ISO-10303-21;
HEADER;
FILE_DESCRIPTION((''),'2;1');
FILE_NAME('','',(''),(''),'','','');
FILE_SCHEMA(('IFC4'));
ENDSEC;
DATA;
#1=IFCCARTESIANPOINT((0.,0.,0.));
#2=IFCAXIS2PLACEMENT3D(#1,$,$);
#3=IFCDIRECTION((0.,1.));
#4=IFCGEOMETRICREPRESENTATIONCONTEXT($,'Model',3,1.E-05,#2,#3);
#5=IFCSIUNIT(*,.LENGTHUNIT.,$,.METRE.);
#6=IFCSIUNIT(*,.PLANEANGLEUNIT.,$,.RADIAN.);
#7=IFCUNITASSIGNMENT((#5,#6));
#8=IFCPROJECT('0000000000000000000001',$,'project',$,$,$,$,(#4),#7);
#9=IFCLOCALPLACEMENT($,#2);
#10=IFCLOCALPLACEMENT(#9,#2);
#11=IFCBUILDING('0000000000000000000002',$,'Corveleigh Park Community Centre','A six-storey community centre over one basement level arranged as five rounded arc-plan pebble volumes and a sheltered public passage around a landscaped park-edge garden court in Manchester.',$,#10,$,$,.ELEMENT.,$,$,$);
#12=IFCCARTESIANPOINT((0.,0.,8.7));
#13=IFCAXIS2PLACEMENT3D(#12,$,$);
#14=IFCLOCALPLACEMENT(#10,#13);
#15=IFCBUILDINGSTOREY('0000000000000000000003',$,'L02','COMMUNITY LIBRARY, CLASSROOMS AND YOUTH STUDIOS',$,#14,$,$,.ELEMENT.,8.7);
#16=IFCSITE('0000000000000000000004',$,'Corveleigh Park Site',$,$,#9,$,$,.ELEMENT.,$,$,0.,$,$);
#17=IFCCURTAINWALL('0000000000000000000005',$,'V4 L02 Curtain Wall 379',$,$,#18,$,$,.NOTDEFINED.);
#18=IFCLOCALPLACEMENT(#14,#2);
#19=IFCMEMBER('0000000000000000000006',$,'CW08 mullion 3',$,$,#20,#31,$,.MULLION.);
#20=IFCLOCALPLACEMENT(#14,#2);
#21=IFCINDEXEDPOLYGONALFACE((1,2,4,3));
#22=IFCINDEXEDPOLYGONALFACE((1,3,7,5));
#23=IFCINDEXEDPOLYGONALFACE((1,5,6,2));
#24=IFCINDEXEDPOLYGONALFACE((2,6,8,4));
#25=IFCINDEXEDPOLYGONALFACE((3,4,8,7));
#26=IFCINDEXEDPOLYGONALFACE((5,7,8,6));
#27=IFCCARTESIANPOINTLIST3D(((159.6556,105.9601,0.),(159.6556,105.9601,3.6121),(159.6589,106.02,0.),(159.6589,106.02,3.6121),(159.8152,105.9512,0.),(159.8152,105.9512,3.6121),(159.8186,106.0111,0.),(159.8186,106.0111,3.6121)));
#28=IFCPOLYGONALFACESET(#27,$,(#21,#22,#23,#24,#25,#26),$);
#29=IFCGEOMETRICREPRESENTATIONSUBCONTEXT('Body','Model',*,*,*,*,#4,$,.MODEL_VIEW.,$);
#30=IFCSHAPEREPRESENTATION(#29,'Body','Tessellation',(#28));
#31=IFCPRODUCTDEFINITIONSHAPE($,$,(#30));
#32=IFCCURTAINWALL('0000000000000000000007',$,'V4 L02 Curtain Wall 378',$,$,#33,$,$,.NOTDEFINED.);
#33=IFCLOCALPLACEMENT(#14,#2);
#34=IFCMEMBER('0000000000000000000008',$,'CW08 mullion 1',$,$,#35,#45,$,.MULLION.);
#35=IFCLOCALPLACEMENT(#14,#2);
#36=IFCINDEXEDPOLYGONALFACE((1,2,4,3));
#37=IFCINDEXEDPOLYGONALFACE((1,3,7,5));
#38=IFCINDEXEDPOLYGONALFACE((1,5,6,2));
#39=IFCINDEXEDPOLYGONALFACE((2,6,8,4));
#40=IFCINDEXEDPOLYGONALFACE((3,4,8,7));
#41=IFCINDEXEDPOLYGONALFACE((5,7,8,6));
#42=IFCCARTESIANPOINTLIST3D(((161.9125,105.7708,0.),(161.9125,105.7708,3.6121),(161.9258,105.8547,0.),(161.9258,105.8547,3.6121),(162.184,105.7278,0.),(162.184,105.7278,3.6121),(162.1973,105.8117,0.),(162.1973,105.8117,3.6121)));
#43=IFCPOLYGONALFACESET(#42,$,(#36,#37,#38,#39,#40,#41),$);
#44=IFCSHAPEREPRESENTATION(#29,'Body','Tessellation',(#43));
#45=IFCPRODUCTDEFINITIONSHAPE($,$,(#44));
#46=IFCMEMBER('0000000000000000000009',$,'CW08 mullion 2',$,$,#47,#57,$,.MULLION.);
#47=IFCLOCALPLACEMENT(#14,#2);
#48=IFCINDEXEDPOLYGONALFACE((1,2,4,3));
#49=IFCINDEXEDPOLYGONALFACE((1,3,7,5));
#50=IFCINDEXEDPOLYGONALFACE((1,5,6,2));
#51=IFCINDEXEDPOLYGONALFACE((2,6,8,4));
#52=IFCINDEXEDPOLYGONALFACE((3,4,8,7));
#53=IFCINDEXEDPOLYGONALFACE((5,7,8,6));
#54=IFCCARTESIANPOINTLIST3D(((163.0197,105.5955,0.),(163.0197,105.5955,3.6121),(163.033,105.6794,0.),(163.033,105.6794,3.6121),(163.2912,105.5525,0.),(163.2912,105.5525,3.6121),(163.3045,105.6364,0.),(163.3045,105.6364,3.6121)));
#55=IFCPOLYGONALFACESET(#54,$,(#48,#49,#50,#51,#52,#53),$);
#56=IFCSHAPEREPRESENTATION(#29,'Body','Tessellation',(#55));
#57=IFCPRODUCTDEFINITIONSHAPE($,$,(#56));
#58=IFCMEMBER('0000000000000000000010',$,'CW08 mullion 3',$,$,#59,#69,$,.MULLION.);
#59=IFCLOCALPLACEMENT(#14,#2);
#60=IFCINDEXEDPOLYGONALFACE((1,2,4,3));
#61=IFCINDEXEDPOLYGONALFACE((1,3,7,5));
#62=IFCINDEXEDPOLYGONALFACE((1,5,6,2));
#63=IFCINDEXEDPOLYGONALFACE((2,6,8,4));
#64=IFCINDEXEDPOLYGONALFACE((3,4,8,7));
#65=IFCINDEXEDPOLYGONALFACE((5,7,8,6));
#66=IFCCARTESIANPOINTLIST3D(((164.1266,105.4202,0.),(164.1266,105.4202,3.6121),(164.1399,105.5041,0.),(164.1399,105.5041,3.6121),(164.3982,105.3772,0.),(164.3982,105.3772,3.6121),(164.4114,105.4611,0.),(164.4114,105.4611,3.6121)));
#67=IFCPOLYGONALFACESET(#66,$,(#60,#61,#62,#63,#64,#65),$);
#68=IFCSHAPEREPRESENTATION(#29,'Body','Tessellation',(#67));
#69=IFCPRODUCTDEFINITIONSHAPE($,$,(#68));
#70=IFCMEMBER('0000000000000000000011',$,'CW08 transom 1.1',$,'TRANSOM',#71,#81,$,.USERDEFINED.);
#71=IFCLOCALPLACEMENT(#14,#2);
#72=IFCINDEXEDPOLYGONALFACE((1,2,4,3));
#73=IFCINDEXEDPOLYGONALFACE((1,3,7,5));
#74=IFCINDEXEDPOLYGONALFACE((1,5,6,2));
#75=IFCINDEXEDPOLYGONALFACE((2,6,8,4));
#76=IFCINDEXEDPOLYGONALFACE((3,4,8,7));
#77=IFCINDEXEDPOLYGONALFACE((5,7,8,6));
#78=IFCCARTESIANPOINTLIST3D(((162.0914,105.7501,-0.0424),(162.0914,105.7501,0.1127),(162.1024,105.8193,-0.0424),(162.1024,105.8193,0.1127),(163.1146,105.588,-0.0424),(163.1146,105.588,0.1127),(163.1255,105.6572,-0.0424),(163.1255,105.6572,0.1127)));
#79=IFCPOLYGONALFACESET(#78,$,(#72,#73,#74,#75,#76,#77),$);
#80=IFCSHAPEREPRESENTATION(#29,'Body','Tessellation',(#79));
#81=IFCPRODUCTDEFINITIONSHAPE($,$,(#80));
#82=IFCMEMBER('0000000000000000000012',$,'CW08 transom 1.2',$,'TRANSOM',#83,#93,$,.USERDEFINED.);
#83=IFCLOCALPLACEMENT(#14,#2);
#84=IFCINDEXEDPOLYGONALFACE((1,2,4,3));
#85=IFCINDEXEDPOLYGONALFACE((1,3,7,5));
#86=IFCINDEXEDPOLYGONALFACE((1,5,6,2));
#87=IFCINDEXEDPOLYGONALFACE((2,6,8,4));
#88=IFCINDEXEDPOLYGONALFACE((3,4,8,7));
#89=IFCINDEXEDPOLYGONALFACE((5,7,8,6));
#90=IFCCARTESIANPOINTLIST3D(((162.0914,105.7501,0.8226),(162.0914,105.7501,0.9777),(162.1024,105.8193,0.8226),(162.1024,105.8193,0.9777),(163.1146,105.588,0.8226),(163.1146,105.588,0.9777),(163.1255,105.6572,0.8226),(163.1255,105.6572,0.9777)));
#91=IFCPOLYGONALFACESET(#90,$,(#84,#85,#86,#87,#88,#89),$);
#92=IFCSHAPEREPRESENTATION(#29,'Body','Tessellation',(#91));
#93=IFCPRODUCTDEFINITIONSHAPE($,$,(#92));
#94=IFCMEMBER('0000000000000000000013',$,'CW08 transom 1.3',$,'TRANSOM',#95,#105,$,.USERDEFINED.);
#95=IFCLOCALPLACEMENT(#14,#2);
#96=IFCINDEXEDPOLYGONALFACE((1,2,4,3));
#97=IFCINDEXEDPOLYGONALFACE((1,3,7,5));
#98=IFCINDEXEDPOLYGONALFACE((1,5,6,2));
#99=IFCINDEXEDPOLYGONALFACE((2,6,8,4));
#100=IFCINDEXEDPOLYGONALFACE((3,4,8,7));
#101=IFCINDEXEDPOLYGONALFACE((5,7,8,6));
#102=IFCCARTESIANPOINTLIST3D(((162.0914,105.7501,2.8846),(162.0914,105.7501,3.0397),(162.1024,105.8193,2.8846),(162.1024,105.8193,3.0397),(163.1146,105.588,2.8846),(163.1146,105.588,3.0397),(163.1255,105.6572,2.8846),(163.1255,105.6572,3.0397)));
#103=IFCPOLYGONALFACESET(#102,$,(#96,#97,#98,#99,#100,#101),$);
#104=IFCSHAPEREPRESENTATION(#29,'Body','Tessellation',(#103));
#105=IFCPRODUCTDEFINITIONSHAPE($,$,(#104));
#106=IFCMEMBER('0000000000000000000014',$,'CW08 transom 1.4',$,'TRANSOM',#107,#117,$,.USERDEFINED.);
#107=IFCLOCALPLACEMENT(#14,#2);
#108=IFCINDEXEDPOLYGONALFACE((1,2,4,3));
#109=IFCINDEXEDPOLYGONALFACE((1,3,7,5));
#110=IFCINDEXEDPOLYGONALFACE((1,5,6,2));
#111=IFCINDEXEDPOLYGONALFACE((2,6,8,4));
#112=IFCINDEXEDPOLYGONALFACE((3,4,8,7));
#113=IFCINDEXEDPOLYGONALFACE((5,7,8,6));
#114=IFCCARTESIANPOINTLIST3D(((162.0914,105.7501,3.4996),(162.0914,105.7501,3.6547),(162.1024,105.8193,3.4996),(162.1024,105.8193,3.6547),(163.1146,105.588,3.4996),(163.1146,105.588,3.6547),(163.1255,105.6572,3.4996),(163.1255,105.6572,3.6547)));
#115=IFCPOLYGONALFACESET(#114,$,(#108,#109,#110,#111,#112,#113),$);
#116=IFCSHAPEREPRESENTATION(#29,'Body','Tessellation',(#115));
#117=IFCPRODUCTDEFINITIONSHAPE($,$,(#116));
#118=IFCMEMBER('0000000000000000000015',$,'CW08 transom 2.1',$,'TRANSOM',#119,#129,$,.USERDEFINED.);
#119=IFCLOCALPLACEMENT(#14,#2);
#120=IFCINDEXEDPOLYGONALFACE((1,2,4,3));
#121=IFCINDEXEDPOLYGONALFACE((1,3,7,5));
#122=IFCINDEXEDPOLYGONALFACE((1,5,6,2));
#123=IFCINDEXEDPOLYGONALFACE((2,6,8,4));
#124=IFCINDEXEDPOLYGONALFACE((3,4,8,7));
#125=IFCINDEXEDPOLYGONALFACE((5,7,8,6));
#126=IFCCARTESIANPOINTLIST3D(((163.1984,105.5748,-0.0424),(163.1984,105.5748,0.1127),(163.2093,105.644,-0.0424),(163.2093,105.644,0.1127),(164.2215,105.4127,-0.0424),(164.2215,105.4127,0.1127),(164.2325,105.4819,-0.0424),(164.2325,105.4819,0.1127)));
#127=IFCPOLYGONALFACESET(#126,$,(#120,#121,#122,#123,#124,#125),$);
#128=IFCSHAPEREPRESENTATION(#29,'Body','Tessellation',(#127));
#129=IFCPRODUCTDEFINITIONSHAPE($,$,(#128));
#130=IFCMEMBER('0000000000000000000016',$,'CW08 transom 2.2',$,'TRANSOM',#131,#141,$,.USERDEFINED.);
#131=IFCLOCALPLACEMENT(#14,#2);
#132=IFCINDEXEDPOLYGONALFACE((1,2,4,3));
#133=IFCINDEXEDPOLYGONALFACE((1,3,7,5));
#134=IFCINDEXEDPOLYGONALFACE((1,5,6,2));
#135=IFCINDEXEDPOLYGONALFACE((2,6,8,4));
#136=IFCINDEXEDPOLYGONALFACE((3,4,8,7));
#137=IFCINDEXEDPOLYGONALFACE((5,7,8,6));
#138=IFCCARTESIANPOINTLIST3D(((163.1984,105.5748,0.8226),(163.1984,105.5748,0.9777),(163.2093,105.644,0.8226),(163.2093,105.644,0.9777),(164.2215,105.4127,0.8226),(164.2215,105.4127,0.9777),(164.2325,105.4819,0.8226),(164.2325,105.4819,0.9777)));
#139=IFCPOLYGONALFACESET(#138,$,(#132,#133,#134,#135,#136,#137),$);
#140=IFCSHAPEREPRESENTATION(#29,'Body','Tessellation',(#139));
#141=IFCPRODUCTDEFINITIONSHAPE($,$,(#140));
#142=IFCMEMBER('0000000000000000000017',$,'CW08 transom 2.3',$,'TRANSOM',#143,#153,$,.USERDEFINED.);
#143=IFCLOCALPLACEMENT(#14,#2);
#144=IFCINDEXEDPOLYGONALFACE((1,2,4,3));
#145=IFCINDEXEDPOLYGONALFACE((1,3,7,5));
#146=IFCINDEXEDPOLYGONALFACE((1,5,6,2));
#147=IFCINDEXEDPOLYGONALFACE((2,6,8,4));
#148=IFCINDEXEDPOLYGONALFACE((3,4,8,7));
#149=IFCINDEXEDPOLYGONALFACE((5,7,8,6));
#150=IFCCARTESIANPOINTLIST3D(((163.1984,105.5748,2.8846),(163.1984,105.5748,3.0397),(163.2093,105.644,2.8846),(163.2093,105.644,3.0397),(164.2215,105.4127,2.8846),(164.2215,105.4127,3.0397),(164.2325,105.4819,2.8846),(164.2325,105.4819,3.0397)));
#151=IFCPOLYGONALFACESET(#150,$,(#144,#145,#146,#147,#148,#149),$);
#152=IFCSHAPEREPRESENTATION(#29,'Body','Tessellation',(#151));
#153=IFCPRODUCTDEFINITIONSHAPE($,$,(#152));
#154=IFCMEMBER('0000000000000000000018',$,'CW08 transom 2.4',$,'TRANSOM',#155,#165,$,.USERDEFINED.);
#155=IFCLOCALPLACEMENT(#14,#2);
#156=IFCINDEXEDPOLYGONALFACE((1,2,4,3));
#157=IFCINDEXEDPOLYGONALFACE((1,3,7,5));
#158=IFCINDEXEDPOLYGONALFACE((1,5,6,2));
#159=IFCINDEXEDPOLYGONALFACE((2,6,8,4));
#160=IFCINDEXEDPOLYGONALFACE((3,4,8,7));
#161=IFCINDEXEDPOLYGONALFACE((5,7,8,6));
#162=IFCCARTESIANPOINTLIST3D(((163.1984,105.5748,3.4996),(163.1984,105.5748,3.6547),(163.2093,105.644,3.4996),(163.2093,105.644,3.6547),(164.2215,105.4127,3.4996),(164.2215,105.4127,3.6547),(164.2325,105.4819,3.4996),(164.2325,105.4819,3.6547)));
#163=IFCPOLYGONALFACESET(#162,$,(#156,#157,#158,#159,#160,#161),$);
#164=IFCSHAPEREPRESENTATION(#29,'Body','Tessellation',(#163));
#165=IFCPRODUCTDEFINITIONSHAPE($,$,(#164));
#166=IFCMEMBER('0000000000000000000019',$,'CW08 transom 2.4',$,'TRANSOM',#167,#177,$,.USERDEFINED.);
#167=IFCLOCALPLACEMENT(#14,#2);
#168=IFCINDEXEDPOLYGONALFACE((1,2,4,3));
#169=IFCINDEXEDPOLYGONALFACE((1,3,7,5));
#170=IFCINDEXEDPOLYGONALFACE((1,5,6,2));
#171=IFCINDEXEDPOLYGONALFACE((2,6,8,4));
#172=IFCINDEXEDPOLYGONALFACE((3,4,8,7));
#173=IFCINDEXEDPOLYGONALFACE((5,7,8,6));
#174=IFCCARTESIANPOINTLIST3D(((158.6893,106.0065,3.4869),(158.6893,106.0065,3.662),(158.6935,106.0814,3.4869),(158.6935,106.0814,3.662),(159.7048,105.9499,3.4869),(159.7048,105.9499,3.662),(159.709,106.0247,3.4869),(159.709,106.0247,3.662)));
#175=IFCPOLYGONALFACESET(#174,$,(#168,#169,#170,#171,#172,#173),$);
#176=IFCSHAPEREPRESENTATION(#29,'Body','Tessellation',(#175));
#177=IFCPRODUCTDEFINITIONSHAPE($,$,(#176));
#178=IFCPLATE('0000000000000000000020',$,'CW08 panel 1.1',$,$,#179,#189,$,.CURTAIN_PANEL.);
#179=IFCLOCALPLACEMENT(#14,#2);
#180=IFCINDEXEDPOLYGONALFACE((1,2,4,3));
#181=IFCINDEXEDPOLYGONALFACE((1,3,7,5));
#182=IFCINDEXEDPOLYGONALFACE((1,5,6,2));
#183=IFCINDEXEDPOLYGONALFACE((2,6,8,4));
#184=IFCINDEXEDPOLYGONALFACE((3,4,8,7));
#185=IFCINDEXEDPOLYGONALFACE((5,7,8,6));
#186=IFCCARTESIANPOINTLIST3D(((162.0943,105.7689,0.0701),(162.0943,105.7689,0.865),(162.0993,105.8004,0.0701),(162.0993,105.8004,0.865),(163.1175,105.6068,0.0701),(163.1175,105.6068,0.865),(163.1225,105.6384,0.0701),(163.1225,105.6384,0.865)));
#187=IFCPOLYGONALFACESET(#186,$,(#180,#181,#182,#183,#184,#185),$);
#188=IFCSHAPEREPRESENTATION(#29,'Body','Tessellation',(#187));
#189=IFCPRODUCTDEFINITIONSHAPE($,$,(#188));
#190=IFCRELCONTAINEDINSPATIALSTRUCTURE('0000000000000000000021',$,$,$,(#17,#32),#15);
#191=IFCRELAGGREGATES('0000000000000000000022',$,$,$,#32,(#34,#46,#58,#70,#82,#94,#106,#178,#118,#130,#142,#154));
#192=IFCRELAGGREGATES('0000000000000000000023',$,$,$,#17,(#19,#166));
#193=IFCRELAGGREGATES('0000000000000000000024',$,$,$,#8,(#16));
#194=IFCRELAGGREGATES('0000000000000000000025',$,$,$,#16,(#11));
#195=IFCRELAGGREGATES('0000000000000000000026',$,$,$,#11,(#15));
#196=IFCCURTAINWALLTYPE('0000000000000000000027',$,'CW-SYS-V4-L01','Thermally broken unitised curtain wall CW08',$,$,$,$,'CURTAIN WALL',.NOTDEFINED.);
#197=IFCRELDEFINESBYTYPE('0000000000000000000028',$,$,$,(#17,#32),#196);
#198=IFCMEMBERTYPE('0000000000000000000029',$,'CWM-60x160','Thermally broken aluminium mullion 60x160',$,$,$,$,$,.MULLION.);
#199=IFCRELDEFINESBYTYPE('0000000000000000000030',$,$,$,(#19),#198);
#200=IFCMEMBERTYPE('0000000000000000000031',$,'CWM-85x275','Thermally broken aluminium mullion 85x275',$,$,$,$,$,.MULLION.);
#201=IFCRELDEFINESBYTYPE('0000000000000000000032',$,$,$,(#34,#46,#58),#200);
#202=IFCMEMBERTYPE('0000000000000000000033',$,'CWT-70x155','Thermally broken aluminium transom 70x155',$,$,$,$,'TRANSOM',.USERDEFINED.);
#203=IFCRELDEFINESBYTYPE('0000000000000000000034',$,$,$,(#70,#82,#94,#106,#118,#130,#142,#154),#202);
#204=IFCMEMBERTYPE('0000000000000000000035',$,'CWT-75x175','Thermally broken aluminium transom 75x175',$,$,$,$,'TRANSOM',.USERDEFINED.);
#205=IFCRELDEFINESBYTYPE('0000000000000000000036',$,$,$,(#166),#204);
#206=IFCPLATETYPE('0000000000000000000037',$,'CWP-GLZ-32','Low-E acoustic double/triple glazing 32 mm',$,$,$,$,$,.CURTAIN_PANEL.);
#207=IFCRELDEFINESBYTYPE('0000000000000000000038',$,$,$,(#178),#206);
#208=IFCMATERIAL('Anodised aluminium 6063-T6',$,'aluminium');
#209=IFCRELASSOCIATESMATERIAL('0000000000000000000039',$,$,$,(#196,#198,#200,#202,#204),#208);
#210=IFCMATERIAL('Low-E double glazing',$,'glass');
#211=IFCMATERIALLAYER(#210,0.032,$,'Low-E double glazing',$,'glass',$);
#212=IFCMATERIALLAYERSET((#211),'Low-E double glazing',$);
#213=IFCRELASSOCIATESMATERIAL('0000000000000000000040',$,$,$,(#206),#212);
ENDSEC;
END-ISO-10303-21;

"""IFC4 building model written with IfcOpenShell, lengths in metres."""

from ifc_helpers import new_model, si_unit, direction, frame, origin, origin_2d, place, context, subcontext, project, spatial, rectangle, extrude, material, layer, layer_set, material_profile, profile_set, type_object, element, aggregate, save


model = new_model("IFC4")

# Units and contexts
model_context = context("Model", 3, precision=1e-05, world=origin(), true_north=direction((0.0, 1.0)))
body_context = subcontext(model_context, "Body", "Model", "MODEL_VIEW")
ifc_project = project(units=[si_unit("LENGTHUNIT", "METRE"), si_unit("PLANEANGLEUNIT", "RADIAN")], contexts=[model_context])

# Site, building, storey
site_placement = place(None, origin())
site = spatial("IfcSite", under=ifc_project, at=site_placement, Name="Corveleigh Park Site", CompositionType="ELEMENT", RefElevation=0.0)
building_placement = place(site_placement, origin())
building = spatial("IfcBuilding", under=site, at=building_placement, Name="Corveleigh Park Community Centre", Description="A six-storey community centre over one basement level arranged as five rounded arc-plan pebble volumes and a sheltered public passage around a landscaped park-edge garden court in Manchester.", CompositionType="ELEMENT")
storey_placement = place(building_placement, frame((0.0, 0.0, 8.7)))
storey = spatial("IfcBuildingStorey", under=building, at=storey_placement, Name="L02", Description="COMMUNITY LIBRARY, CLASSROOMS AND YOUTH STUDIOS", CompositionType="ELEMENT", Elevation=8.7)

# Curtain wall, member
ifc_material_1 = material(Name="Anodised aluminium 6063-T6", Category="aluminium")
curtain_wall_type = type_object("IfcCurtainWallType", Name="CW-SYS-V4-L01", Description="Thermally broken unitised curtain wall CW08", ElementType="CURTAIN WALL", PredefinedType="NOTDEFINED", material=ifc_material_1)
curtain_wall_1_placement = place(storey_placement, origin())
curtain_wall_1 = element("IfcCurtainWall", 1, at=curtain_wall_1_placement, inside=storey, type_object=curtain_wall_type, Name="V4 L02 Curtain Wall 379", PredefinedType="NOTDEFINED")
ifc_material_profile_1 = material_profile(ifc_material_1, rectangle(XDim=0.0601, YDim=0.1599, at=origin_2d()), Name="ALU-M60x160", Category="aluminium")
ifc_profile_set_1 = profile_set([ifc_material_profile_1], Name="Anodised aluminium 6063-T6")
member_type_1 = type_object("IfcMemberType", Name="CWM-60x160", Description="Thermally broken aluminium mullion 60x160", PredefinedType="MULLION", material=ifc_profile_set_1)
member_1_placement = place(storey_placement, frame((159.7371, 105.9856, 0.0), z_axis=(0.0, 0.0, 1.0), x_axis=(0.055545, 0.998456, 0.0)))
member_1 = element("IfcMember", 2, at=member_1_placement, type_object=member_type_1, Name="CW08 mullion 3", PredefinedType="MULLION", context=body_context, shape_type="SweptSolid", body=[
    extrude(rectangle(XDim=0.0601, YDim=0.1599, at=origin_2d()), origin(), (0.0, 0.0, 1.0), 3.6121),
])

# Curtain wall, members
curtain_wall_2_placement = place(storey_placement, origin())
curtain_wall_2 = element("IfcCurtainWall", 3, at=curtain_wall_2_placement, inside=storey, type_object=curtain_wall_type, Name="V4 L02 Curtain Wall 378", PredefinedType="NOTDEFINED")
ifc_material_profile_2 = material_profile(ifc_material_1, rectangle(XDim=0.085, YDim=0.2749, at=origin_2d()), Name="ALU-M85x275", Category="aluminium")
ifc_profile_set_2 = profile_set([ifc_material_profile_2], Name="Anodised aluminium 6063-T6")
member_type_2 = type_object("IfcMemberType", Name="CWM-85x275", Description="Thermally broken aluminium mullion 85x275", PredefinedType="MULLION", material=ifc_profile_set_2)
member_2_placement = place(storey_placement, frame((162.0549, 105.7913, 0.0), z_axis=(0.0, 0.0, 1.0), x_axis=(0.156448, 0.987686, 0.0)))
member_2 = element("IfcMember", 4, at=member_2_placement, type_object=member_type_2, Name="CW08 mullion 1", PredefinedType="MULLION", context=body_context, shape_type="SweptSolid", body=[
    extrude(rectangle(XDim=0.085, YDim=0.2749, at=origin_2d()), origin(), (0.0, 0.0, 1.0), 3.6121),
])
member_3_placement = place(storey_placement, frame((163.1621, 105.616, 0.0), z_axis=(0.0, 0.0, 1.0), x_axis=(0.156448, 0.987686, 0.0)))
member_3 = element("IfcMember", 5, at=member_3_placement, type_object=member_type_2, Name="CW08 mullion 2", PredefinedType="MULLION", context=body_context, shape_type="SweptSolid", body=[
    extrude(rectangle(XDim=0.085, YDim=0.2749, at=origin_2d()), origin(), (0.0, 0.0, 1.0), 3.6121),
])
member_4_placement = place(storey_placement, frame((164.269, 105.4407, 0.0), z_axis=(0.0, 0.0, 1.0), x_axis=(0.156448, 0.987686, 0.0)))
member_4 = element("IfcMember", 6, at=member_4_placement, type_object=member_type_2, Name="CW08 mullion 3", PredefinedType="MULLION", context=body_context, shape_type="SweptSolid", body=[
    extrude(rectangle(XDim=0.085, YDim=0.2749, at=origin_2d()), origin(), (0.0, 0.0, 1.0), 3.6121),
])
ifc_material_profile_3 = material_profile(ifc_material_1, rectangle(XDim=0.0701, YDim=0.155, at=origin_2d()), Name="ALU-T70x155", Category="aluminium")
ifc_profile_set_3 = profile_set([ifc_material_profile_3], Name="Anodised aluminium 6063-T6")
member_type_3 = type_object("IfcMemberType", Name="CWT-70x155", Description="Thermally broken aluminium transom 70x155", ElementType="TRANSOM", PredefinedType="USERDEFINED", material=ifc_profile_set_3)
member_5_placement = place(storey_placement, frame((162.0969, 105.7847, 0.0352), z_axis=(0.987681, -0.156483, 0.0), x_axis=(0.156483, 0.987681, 0.0)))
member_5 = element("IfcMember", 7, at=member_5_placement, type_object=member_type_3, Name="CW08 transom 1.1", ObjectType="TRANSOM", PredefinedType="USERDEFINED", context=body_context, shape_type="SweptSolid", body=[
    extrude(rectangle(XDim=0.0701, YDim=0.155, at=origin_2d()), origin(), (0.0, 0.0, 1.0), 1.0359),
])
member_6_placement = place(storey_placement, frame((162.0969, 105.7847, 0.9001), z_axis=(0.987681, -0.156483, 0.0), x_axis=(0.156483, 0.987681, 0.0)))
member_6 = element("IfcMember", 8, at=member_6_placement, type_object=member_type_3, Name="CW08 transom 1.2", ObjectType="TRANSOM", PredefinedType="USERDEFINED", context=body_context, shape_type="SweptSolid", body=[
    extrude(rectangle(XDim=0.0701, YDim=0.155, at=origin_2d()), origin(), (0.0, 0.0, 1.0), 1.0359),
])
member_7_placement = place(storey_placement, frame((162.0969, 105.7847, 2.9622), z_axis=(0.987681, -0.156483, 0.0), x_axis=(0.156483, 0.987681, 0.0)))
member_7 = element("IfcMember", 9, at=member_7_placement, type_object=member_type_3, Name="CW08 transom 1.3", ObjectType="TRANSOM", PredefinedType="USERDEFINED", context=body_context, shape_type="SweptSolid", body=[
    extrude(rectangle(XDim=0.0701, YDim=0.155, at=origin_2d()), origin(), (0.0, 0.0, 1.0), 1.0359),
])
member_8_placement = place(storey_placement, frame((162.0969, 105.7847, 3.5771), z_axis=(0.987681, -0.156483, 0.0), x_axis=(0.156483, 0.987681, 0.0)))
member_8 = element("IfcMember", 10, at=member_8_placement, type_object=member_type_3, Name="CW08 transom 1.4", ObjectType="TRANSOM", PredefinedType="USERDEFINED", context=body_context, shape_type="SweptSolid", body=[
    extrude(rectangle(XDim=0.0701, YDim=0.155, at=origin_2d()), origin(), (0.0, 0.0, 1.0), 1.0359),
])
member_9_placement = place(storey_placement, frame((163.2039, 105.6094, 0.0352), z_axis=(0.987681, -0.156483, 0.0), x_axis=(0.156483, 0.987681, 0.0)))
member_9 = element("IfcMember", 11, at=member_9_placement, type_object=member_type_3, Name="CW08 transom 2.1", ObjectType="TRANSOM", PredefinedType="USERDEFINED", context=body_context, shape_type="SweptSolid", body=[
    extrude(rectangle(XDim=0.0701, YDim=0.155, at=origin_2d()), origin(), (0.0, 0.0, 1.0), 1.0359),
])
member_10_placement = place(storey_placement, frame((163.2039, 105.6094, 0.9001), z_axis=(0.987681, -0.156483, 0.0), x_axis=(0.156483, 0.987681, 0.0)))
member_10 = element("IfcMember", 12, at=member_10_placement, type_object=member_type_3, Name="CW08 transom 2.2", ObjectType="TRANSOM", PredefinedType="USERDEFINED", context=body_context, shape_type="SweptSolid", body=[
    extrude(rectangle(XDim=0.0701, YDim=0.155, at=origin_2d()), origin(), (0.0, 0.0, 1.0), 1.0359),
])
member_11_placement = place(storey_placement, frame((163.2039, 105.6094, 2.9622), z_axis=(0.987681, -0.156483, 0.0), x_axis=(0.156483, 0.987681, 0.0)))
member_11 = element("IfcMember", 13, at=member_11_placement, type_object=member_type_3, Name="CW08 transom 2.3", ObjectType="TRANSOM", PredefinedType="USERDEFINED", context=body_context, shape_type="SweptSolid", body=[
    extrude(rectangle(XDim=0.0701, YDim=0.155, at=origin_2d()), origin(), (0.0, 0.0, 1.0), 1.0359),
])
member_12_placement = place(storey_placement, frame((163.2039, 105.6094, 3.5771), z_axis=(0.987681, -0.156483, 0.0), x_axis=(0.156483, 0.987681, 0.0)))
member_12 = element("IfcMember", 14, at=member_12_placement, type_object=member_type_3, Name="CW08 transom 2.4", ObjectType="TRANSOM", PredefinedType="USERDEFINED", context=body_context, shape_type="SweptSolid", body=[
    extrude(rectangle(XDim=0.0701, YDim=0.155, at=origin_2d()), origin(), (0.0, 0.0, 1.0), 1.0359),
])

# Member
ifc_material_profile_4 = material_profile(ifc_material_1, rectangle(XDim=0.075, YDim=0.175, at=origin_2d()), Name="ALU-T75x175", Category="aluminium")
ifc_profile_set_4 = profile_set([ifc_material_profile_4], Name="Anodised aluminium 6063-T6")
member_type_4 = type_object("IfcMemberType", Name="CWT-75x175", Description="Thermally broken aluminium transom 75x175", ElementType="TRANSOM", PredefinedType="USERDEFINED", material=ifc_profile_set_4)
member_13_placement = place(storey_placement, frame((158.6914, 106.0439, 3.5745), z_axis=(0.998449, -0.055683, 0.0), x_axis=(0.055683, 0.998449, 0.0)))
member_13 = element("IfcMember", 15, at=member_13_placement, type_object=member_type_4, Name="CW08 transom 2.4", ObjectType="TRANSOM", PredefinedType="USERDEFINED", context=body_context, shape_type="SweptSolid", body=[
    extrude(rectangle(XDim=0.075, YDim=0.175, at=origin_2d()), origin(), (0.0, 0.0, 1.0), 1.0171),
])

# Plate
ifc_material_2 = material(Name="Low-E double glazing", Category="glass")
ifc_layer_1 = layer(ifc_material_2, 0.032, Name="Low-E double glazing", Category="glass")
ifc_layer_set_1 = layer_set([ifc_layer_1], Name="Low-E double glazing")
plate_type_1 = type_object("IfcPlateType", Name="CWP-GLZ-32", Description="Low-E acoustic double/triple glazing 32 mm", PredefinedType="CURTAIN_PANEL", material=ifc_layer_set_1)
plate_1_placement = place(storey_placement, frame((162.6084, 105.7036, 0.0701), z_axis=(0.0, 0.0, 1.0), x_axis=(0.987686, -0.156448, 0.0)))
plate_1 = element("IfcPlate", 16, at=plate_1_placement, type_object=plate_type_1, Name="CW08 panel 1.1", PredefinedType="CURTAIN_PANEL", context=body_context, shape_type="SweptSolid", body=[
    extrude(rectangle(XDim=1.0359, YDim=0.032, at=origin_2d()), origin(), (0.0, 0.0, 1.0), 0.7949),
])
aggregate(curtain_wall_2, [member_2, member_3, member_4, member_5, member_6, member_7, member_8, plate_1, member_9, member_10, member_11, member_12])
aggregate(curtain_wall_1, [member_1, member_13])

save(model, "model.ifc")
